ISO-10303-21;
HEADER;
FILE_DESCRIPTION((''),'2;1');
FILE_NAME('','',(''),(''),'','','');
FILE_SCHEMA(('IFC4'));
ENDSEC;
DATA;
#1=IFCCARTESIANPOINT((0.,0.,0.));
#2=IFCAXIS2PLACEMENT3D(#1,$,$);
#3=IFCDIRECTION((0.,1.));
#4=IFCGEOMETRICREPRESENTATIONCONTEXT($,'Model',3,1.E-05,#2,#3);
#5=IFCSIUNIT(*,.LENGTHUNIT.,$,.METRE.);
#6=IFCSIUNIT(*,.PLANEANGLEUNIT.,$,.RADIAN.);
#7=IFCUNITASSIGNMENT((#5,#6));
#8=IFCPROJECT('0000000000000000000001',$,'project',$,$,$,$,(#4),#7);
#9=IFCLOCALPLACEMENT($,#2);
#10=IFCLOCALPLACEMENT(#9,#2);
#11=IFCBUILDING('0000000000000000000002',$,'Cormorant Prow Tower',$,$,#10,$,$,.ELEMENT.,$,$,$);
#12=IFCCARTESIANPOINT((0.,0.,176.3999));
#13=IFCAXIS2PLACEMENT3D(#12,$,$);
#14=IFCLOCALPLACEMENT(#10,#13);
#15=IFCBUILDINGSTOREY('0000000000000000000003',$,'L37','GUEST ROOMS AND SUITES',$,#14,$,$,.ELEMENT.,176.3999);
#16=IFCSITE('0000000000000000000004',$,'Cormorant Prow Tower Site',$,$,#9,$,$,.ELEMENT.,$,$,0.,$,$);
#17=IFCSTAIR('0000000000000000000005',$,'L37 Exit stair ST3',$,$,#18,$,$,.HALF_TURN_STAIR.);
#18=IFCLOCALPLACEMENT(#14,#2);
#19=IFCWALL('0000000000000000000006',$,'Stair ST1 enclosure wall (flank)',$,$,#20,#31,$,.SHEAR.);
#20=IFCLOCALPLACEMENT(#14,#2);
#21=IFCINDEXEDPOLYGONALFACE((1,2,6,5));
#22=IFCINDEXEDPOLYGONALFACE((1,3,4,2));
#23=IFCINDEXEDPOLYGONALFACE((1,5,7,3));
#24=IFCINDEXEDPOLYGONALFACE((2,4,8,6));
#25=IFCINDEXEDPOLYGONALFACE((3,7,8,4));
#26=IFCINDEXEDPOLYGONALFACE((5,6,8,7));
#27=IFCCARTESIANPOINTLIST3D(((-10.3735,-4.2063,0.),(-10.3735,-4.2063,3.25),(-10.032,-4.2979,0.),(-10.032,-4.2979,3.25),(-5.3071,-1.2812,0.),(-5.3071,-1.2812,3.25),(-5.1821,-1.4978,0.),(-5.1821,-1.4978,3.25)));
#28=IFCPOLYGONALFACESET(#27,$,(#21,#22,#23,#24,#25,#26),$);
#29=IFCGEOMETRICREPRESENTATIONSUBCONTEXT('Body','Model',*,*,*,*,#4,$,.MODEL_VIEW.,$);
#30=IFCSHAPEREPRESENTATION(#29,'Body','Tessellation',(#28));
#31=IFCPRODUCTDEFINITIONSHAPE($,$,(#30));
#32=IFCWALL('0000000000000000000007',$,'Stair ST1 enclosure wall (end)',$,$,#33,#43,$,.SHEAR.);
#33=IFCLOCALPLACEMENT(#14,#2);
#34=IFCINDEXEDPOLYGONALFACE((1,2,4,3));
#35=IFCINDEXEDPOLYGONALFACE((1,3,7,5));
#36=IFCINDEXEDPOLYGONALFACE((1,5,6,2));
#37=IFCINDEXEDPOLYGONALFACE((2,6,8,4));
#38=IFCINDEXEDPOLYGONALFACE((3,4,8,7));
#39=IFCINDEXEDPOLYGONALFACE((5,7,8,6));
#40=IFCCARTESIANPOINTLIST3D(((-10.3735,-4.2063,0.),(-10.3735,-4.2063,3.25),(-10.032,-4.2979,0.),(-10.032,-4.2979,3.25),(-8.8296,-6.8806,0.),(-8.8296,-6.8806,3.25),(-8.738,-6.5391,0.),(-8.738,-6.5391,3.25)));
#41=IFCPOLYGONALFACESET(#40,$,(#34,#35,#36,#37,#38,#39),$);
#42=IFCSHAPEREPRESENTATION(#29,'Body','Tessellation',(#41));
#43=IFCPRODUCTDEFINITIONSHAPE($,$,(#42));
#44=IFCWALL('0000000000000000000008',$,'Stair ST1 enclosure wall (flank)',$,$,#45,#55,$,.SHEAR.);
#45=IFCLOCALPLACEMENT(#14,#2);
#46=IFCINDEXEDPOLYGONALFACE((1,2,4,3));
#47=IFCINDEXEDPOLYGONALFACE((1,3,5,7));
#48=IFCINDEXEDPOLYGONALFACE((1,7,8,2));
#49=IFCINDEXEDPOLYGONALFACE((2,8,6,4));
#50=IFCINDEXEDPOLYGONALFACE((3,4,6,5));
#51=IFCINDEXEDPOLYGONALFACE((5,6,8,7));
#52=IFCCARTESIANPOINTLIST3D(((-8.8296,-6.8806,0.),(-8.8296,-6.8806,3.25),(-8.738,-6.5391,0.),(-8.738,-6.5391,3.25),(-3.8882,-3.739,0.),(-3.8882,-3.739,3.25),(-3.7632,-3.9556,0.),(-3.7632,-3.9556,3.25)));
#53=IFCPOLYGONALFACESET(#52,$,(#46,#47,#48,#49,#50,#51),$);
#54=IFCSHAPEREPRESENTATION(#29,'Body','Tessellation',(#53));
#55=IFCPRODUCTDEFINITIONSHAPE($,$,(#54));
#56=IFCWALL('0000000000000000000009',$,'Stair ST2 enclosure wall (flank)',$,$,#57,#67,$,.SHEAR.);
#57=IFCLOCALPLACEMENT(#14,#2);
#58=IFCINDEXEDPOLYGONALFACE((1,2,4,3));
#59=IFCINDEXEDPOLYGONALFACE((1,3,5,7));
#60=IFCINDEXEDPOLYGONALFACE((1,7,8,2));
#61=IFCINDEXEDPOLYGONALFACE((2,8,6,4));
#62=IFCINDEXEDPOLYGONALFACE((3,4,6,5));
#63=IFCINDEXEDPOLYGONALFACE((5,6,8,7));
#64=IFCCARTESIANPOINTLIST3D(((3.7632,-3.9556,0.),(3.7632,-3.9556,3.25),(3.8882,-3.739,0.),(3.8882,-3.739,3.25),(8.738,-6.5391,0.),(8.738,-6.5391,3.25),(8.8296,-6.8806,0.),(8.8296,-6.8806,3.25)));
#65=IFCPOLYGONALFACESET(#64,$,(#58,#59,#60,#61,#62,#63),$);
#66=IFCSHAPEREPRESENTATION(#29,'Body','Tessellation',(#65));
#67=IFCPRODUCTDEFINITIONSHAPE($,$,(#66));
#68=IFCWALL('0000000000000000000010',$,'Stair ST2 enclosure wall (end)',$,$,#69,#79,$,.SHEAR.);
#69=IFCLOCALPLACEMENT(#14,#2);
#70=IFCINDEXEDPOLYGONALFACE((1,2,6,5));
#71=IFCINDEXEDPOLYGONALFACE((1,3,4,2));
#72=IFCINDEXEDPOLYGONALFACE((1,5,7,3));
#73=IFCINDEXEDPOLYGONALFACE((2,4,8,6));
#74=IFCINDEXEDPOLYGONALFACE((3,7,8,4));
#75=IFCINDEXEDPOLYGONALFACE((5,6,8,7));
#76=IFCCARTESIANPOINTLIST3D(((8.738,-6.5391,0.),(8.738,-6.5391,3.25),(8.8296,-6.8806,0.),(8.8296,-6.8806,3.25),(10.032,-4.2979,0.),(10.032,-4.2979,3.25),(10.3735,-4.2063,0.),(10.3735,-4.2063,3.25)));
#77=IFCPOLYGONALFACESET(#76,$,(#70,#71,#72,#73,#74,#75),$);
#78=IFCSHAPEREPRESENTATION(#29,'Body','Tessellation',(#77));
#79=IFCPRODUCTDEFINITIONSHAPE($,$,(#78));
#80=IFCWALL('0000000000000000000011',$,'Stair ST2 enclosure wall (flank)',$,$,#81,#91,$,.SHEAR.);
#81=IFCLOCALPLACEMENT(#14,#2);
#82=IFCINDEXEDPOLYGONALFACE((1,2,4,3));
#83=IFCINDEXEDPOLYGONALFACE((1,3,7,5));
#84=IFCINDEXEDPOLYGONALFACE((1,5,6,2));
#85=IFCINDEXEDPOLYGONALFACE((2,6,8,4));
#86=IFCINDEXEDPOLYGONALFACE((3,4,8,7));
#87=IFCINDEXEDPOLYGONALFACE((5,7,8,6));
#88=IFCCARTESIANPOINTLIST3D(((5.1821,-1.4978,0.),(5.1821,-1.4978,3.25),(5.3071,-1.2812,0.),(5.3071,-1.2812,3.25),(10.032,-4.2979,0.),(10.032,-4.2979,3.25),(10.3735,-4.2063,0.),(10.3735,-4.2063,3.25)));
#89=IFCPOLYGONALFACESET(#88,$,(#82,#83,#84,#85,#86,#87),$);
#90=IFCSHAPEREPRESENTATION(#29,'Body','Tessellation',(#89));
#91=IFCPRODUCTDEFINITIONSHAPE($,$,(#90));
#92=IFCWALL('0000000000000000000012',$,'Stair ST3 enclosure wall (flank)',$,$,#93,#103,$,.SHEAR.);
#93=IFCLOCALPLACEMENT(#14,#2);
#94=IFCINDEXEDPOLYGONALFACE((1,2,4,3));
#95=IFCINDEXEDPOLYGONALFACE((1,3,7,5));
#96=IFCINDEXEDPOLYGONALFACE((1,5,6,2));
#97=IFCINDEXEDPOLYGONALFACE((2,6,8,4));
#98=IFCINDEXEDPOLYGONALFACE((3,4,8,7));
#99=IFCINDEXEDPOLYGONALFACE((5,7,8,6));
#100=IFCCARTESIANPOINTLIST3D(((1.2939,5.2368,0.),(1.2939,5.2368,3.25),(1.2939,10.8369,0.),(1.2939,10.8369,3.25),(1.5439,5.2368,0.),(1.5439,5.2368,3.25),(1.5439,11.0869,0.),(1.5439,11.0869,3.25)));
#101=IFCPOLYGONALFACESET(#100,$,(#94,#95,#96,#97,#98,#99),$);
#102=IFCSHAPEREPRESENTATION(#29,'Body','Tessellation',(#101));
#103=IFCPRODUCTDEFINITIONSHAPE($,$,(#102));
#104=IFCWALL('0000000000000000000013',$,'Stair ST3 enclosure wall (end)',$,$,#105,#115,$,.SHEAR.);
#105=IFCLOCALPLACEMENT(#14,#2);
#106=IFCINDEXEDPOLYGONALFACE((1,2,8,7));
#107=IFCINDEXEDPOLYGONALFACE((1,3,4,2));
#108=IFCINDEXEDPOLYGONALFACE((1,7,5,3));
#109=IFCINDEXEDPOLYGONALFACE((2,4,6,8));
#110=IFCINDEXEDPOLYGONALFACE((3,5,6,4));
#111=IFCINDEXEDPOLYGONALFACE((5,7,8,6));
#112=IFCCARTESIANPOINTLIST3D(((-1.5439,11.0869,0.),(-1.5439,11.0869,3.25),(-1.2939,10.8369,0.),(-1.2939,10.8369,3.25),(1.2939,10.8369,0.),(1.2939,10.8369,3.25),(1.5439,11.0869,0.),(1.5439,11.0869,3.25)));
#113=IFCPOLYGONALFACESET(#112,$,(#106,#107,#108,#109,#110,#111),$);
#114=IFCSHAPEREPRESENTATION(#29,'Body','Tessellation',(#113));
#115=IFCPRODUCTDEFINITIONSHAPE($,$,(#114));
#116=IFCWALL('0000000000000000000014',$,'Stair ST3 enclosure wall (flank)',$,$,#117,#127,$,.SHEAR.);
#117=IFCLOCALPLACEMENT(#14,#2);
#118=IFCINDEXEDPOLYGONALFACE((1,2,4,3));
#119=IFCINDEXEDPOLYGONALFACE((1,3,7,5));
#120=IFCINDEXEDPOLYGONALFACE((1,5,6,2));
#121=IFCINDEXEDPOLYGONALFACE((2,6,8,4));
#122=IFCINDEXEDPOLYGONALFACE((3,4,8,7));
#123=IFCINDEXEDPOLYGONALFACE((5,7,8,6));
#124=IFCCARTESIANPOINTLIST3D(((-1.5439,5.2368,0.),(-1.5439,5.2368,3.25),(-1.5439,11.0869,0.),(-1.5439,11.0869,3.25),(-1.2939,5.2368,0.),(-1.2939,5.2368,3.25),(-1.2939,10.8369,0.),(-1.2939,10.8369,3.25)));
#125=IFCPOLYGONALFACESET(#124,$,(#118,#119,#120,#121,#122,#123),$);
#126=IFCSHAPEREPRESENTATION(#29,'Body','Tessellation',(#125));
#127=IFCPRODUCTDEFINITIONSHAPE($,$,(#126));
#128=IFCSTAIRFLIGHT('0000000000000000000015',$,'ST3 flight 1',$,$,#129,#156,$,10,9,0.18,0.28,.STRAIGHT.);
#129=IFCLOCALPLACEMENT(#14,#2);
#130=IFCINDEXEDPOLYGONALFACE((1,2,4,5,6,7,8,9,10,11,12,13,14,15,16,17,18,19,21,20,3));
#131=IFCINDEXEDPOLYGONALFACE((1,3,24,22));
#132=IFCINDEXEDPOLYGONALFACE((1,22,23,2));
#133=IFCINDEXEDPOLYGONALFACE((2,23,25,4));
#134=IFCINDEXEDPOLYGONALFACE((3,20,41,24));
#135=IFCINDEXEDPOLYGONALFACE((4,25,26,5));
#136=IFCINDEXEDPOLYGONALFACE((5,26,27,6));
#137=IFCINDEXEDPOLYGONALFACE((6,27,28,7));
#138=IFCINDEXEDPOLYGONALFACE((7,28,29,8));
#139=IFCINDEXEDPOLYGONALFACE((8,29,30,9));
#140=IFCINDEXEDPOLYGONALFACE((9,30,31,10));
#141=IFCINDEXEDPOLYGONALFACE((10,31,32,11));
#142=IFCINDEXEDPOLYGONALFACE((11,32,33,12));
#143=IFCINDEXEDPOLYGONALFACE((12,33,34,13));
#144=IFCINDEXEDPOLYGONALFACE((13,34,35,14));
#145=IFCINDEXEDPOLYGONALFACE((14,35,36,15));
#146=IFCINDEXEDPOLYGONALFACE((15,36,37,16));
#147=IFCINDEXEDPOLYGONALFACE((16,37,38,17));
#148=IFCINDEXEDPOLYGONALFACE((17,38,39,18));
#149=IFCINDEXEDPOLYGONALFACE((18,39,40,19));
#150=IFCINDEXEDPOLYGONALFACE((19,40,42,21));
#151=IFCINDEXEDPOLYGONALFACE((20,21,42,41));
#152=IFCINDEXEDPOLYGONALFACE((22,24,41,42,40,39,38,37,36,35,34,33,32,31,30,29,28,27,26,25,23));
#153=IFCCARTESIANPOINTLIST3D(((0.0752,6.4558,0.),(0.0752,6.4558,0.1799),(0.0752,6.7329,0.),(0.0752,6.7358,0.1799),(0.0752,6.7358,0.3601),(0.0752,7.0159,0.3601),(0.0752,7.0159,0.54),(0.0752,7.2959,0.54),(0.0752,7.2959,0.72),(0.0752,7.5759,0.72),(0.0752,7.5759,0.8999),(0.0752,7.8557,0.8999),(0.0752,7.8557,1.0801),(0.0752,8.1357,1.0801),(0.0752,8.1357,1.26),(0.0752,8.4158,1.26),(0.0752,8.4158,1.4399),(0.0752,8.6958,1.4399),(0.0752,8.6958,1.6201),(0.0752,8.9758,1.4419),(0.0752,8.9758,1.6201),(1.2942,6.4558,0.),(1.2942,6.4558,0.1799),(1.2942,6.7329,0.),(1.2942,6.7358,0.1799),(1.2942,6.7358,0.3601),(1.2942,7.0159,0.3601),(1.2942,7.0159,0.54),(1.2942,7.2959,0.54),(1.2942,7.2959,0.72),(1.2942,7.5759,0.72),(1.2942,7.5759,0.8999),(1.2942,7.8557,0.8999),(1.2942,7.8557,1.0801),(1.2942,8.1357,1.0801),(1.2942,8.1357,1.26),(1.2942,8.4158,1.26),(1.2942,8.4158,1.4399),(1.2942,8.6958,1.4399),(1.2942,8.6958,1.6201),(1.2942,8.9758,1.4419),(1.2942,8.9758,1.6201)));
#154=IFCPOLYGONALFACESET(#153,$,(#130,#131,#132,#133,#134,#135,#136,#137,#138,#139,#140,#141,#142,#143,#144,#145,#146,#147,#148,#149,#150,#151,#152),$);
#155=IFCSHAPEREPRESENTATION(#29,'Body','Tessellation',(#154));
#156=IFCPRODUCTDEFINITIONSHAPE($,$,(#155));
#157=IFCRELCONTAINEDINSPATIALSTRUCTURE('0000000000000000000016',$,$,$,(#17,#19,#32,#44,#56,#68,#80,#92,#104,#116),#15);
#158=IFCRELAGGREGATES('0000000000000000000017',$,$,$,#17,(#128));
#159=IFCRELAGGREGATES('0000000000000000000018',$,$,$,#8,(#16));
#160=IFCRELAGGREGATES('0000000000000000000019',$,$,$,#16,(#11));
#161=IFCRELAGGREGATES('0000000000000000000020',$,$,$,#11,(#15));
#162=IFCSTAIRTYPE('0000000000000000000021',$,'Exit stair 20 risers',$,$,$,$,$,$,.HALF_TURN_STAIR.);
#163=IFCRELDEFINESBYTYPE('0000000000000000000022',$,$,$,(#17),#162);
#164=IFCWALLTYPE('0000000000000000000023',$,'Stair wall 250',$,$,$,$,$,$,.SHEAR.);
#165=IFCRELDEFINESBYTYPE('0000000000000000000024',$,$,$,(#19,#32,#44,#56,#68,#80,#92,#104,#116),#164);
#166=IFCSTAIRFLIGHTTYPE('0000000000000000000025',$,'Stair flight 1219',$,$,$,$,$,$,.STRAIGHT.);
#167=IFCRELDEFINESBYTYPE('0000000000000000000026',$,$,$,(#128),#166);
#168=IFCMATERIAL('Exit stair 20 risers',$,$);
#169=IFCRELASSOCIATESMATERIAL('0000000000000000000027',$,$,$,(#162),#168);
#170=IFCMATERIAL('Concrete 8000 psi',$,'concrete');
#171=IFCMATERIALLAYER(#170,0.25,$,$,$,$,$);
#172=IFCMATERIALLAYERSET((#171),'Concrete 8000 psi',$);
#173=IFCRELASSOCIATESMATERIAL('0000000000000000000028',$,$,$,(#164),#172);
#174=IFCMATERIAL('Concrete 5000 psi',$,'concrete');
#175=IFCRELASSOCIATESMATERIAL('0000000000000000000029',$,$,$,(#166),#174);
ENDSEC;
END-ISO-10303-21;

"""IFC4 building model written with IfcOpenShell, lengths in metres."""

from ifc_helpers import new_model, si_unit, direction, frame, origin, place, context, subcontext, project, spatial, polyline, outline, extrude, material, layer, layer_set, type_object, element, aggregate, save


model = new_model("IFC4")

# Units and contexts
model_context = context("Model", 3, precision=1e-05, world=origin(), true_north=direction((0.0, 1.0)))
body_context = subcontext(model_context, "Body", "Model", "MODEL_VIEW")
ifc_project = project(units=[si_unit("LENGTHUNIT", "METRE"), si_unit("PLANEANGLEUNIT", "RADIAN")], contexts=[model_context])

# Site, building, storey
site_placement = place(None, origin())
site = spatial("IfcSite", under=ifc_project, at=site_placement, Name="Cormorant Prow Tower Site", CompositionType="ELEMENT", RefElevation=0.0)
building_placement = place(site_placement, origin())
building = spatial("IfcBuilding", under=site, at=building_placement, Name="Cormorant Prow Tower", CompositionType="ELEMENT")
storey_placement = place(building_placement, frame((0.0, 0.0, 176.3999)))
storey = spatial("IfcBuildingStorey", under=building, at=storey_placement, Name="L37", Description="GUEST ROOMS AND SUITES", CompositionType="ELEMENT", Elevation=176.3999)

# Stair
ifc_material_1 = material(Name="Exit stair 20 risers")
stair_type = type_object("IfcStairType", Name="Exit stair 20 risers", PredefinedType="HALF_TURN_STAIR", material=ifc_material_1)
stair_1_placement = place(storey_placement, origin())
stair_1 = element("IfcStair", 1, at=stair_1_placement, inside=storey, type_object=stair_type, Name="L37 Exit stair ST3", PredefinedType="HALF_TURN_STAIR")

# Walls
ifc_material_2 = material(Name="Concrete 8000 psi", Category="concrete")
ifc_layer_1 = layer(ifc_material_2, 0.25)
ifc_layer_set_1 = layer_set([ifc_layer_1], Name="Concrete 8000 psi")
wall_type_1 = type_object("IfcWallType", Name="Stair wall 250", PredefinedType="SHEAR", material=ifc_layer_set_1)
wall_1_placement = place(storey_placement, origin())
element("IfcWall", 2, at=wall_1_placement, inside=storey, type_object=wall_type_1, Name="Stair ST1 enclosure wall (flank)", PredefinedType="SHEAR", context=body_context, shape_type="SweptSolid", body=[
    extrude(outline(polyline([(-5.3071, -1.2812), (-10.3735, -4.2063), (-10.032, -4.2979), (-5.1821, -1.4978), (-5.3071, -1.2812)])), origin(), (0.0, 0.0, 1.0), 3.25),
])
wall_2_placement = place(storey_placement, origin())
element("IfcWall", 3, at=wall_2_placement, inside=storey, type_object=wall_type_1, Name="Stair ST1 enclosure wall (end)", PredefinedType="SHEAR", context=body_context, shape_type="SweptSolid", body=[
    extrude(outline(polyline([(-10.3735, -4.2063), (-8.8296, -6.8806), (-8.738, -6.5391), (-10.032, -4.2979), (-10.3735, -4.2063)])), origin(), (0.0, 0.0, 1.0), 3.25),
])
wall_3_placement = place(storey_placement, origin())
element("IfcWall", 4, at=wall_3_placement, inside=storey, type_object=wall_type_1, Name="Stair ST1 enclosure wall (flank)", PredefinedType="SHEAR", context=body_context, shape_type="SweptSolid", body=[
    extrude(outline(polyline([(-8.738, -6.5391), (-8.8296, -6.8806), (-3.7632, -3.9556), (-3.8882, -3.739), (-8.738, -6.5391)])), origin(), (0.0, 0.0, 1.0), 3.25),
])
wall_4_placement = place(storey_placement, origin())
element("IfcWall", 5, at=wall_4_placement, inside=storey, type_object=wall_type_1, Name="Stair ST2 enclosure wall (flank)", PredefinedType="SHEAR", context=body_context, shape_type="SweptSolid", body=[
    extrude(outline(polyline([(3.7632, -3.9556), (8.8296, -6.8806), (8.738, -6.5391), (3.8882, -3.739), (3.7632, -3.9556)])), origin(), (0.0, 0.0, 1.0), 3.25),
])
wall_5_placement = place(storey_placement, origin())
element("IfcWall", 6, at=wall_5_placement, inside=storey, type_object=wall_type_1, Name="Stair ST2 enclosure wall (end)", PredefinedType="SHEAR", context=body_context, shape_type="SweptSolid", body=[
    extrude(outline(polyline([(8.8296, -6.8806), (10.3735, -4.2063), (10.032, -4.2979), (8.738, -6.5391), (8.8296, -6.8806)])), origin(), (0.0, 0.0, 1.0), 3.25),
])
wall_6_placement = place(storey_placement, origin())
element("IfcWall", 7, at=wall_6_placement, inside=storey, type_object=wall_type_1, Name="Stair ST2 enclosure wall (flank)", PredefinedType="SHEAR", context=body_context, shape_type="SweptSolid", body=[
    extrude(outline(polyline([(10.032, -4.2979), (10.3735, -4.2063), (5.3071, -1.2812), (5.1821, -1.4978), (10.032, -4.2979)])), origin(), (0.0, 0.0, 1.0), 3.25),
])
wall_7_placement = place(storey_placement, origin())
element("IfcWall", 8, at=wall_7_placement, inside=storey, type_object=wall_type_1, Name="Stair ST3 enclosure wall (flank)", PredefinedType="SHEAR", context=body_context, shape_type="SweptSolid", body=[
    extrude(outline(polyline([(1.5439, 5.2368), (1.5439, 11.0869), (1.2939, 10.8369), (1.2939, 5.2368), (1.5439, 5.2368)])), origin(), (0.0, 0.0, 1.0), 3.25),
])
wall_8_placement = place(storey_placement, origin())
element("IfcWall", 9, at=wall_8_placement, inside=storey, type_object=wall_type_1, Name="Stair ST3 enclosure wall (end)", PredefinedType="SHEAR", context=body_context, shape_type="SweptSolid", body=[
    extrude(outline(polyline([(1.5439, 11.0869), (-1.5439, 11.0869), (-1.2939, 10.8369), (1.2939, 10.8369), (1.5439, 11.0869)])), origin(), (0.0, 0.0, 1.0), 3.25),
])
wall_9_placement = place(storey_placement, origin())
element("IfcWall", 10, at=wall_9_placement, inside=storey, type_object=wall_type_1, Name="Stair ST3 enclosure wall (flank)", PredefinedType="SHEAR", context=body_context, shape_type="SweptSolid", body=[
    extrude(outline(polyline([(-1.2939, 10.8369), (-1.5439, 11.0869), (-1.5439, 5.2368), (-1.2939, 5.2368), (-1.2939, 10.8369)])), origin(), (0.0, 0.0, 1.0), 3.25),
])

# Stair flight
ifc_material_3 = material(Name="Concrete 5000 psi", Category="concrete")
stair_flight_type = type_object("IfcStairFlightType", Name="Stair flight 1219", PredefinedType="STRAIGHT", material=ifc_material_3)
stair_flight_placement = place(storey_placement, frame((0.6846, 6.4558, 0.0), z_axis=(0.0, 0.0, 1.0), x_axis=(0.0, 1.0, 0.0)))
stair_flight = element("IfcStairFlight", 11, at=stair_flight_placement, type_object=stair_flight_type, Name="ST3 flight 1", NumberOfRisers=10, NumberOfTreads=9, PredefinedType="STRAIGHT", RiserHeight=0.18, TreadLength=0.28, context=body_context, shape_type="SweptSolid", body=[
    extrude(outline(polyline([(0.0, 0.0), (0.0, 0.1799), (0.28, 0.1799), (0.28, 0.3601), (0.5601, 0.3601), (0.5601, 0.54), (0.8401, 0.54), (0.8401, 0.72), (1.1201, 0.72), (1.1201, 0.8999), (1.3999, 0.8999), (1.3999, 1.0801), (1.6799, 1.0801), (1.6799, 1.26), (1.96, 1.26), (1.96, 1.4399), (2.24, 1.4399), (2.24, 1.6201), (2.52, 1.6201), (2.52, 1.8), (2.52, 1.4419), (0.2771, 0.0), (0.0, 0.0)])), frame((0.0, 0.6094, 0.0), z_axis=(0.0, -1.0, 0.0), x_axis=(1.0, 0.0, 0.0)), (0.0, 0.0, 1.0), 1.219),
])
aggregate(stair_1, [stair_flight])

save(model, "model.ifc")
